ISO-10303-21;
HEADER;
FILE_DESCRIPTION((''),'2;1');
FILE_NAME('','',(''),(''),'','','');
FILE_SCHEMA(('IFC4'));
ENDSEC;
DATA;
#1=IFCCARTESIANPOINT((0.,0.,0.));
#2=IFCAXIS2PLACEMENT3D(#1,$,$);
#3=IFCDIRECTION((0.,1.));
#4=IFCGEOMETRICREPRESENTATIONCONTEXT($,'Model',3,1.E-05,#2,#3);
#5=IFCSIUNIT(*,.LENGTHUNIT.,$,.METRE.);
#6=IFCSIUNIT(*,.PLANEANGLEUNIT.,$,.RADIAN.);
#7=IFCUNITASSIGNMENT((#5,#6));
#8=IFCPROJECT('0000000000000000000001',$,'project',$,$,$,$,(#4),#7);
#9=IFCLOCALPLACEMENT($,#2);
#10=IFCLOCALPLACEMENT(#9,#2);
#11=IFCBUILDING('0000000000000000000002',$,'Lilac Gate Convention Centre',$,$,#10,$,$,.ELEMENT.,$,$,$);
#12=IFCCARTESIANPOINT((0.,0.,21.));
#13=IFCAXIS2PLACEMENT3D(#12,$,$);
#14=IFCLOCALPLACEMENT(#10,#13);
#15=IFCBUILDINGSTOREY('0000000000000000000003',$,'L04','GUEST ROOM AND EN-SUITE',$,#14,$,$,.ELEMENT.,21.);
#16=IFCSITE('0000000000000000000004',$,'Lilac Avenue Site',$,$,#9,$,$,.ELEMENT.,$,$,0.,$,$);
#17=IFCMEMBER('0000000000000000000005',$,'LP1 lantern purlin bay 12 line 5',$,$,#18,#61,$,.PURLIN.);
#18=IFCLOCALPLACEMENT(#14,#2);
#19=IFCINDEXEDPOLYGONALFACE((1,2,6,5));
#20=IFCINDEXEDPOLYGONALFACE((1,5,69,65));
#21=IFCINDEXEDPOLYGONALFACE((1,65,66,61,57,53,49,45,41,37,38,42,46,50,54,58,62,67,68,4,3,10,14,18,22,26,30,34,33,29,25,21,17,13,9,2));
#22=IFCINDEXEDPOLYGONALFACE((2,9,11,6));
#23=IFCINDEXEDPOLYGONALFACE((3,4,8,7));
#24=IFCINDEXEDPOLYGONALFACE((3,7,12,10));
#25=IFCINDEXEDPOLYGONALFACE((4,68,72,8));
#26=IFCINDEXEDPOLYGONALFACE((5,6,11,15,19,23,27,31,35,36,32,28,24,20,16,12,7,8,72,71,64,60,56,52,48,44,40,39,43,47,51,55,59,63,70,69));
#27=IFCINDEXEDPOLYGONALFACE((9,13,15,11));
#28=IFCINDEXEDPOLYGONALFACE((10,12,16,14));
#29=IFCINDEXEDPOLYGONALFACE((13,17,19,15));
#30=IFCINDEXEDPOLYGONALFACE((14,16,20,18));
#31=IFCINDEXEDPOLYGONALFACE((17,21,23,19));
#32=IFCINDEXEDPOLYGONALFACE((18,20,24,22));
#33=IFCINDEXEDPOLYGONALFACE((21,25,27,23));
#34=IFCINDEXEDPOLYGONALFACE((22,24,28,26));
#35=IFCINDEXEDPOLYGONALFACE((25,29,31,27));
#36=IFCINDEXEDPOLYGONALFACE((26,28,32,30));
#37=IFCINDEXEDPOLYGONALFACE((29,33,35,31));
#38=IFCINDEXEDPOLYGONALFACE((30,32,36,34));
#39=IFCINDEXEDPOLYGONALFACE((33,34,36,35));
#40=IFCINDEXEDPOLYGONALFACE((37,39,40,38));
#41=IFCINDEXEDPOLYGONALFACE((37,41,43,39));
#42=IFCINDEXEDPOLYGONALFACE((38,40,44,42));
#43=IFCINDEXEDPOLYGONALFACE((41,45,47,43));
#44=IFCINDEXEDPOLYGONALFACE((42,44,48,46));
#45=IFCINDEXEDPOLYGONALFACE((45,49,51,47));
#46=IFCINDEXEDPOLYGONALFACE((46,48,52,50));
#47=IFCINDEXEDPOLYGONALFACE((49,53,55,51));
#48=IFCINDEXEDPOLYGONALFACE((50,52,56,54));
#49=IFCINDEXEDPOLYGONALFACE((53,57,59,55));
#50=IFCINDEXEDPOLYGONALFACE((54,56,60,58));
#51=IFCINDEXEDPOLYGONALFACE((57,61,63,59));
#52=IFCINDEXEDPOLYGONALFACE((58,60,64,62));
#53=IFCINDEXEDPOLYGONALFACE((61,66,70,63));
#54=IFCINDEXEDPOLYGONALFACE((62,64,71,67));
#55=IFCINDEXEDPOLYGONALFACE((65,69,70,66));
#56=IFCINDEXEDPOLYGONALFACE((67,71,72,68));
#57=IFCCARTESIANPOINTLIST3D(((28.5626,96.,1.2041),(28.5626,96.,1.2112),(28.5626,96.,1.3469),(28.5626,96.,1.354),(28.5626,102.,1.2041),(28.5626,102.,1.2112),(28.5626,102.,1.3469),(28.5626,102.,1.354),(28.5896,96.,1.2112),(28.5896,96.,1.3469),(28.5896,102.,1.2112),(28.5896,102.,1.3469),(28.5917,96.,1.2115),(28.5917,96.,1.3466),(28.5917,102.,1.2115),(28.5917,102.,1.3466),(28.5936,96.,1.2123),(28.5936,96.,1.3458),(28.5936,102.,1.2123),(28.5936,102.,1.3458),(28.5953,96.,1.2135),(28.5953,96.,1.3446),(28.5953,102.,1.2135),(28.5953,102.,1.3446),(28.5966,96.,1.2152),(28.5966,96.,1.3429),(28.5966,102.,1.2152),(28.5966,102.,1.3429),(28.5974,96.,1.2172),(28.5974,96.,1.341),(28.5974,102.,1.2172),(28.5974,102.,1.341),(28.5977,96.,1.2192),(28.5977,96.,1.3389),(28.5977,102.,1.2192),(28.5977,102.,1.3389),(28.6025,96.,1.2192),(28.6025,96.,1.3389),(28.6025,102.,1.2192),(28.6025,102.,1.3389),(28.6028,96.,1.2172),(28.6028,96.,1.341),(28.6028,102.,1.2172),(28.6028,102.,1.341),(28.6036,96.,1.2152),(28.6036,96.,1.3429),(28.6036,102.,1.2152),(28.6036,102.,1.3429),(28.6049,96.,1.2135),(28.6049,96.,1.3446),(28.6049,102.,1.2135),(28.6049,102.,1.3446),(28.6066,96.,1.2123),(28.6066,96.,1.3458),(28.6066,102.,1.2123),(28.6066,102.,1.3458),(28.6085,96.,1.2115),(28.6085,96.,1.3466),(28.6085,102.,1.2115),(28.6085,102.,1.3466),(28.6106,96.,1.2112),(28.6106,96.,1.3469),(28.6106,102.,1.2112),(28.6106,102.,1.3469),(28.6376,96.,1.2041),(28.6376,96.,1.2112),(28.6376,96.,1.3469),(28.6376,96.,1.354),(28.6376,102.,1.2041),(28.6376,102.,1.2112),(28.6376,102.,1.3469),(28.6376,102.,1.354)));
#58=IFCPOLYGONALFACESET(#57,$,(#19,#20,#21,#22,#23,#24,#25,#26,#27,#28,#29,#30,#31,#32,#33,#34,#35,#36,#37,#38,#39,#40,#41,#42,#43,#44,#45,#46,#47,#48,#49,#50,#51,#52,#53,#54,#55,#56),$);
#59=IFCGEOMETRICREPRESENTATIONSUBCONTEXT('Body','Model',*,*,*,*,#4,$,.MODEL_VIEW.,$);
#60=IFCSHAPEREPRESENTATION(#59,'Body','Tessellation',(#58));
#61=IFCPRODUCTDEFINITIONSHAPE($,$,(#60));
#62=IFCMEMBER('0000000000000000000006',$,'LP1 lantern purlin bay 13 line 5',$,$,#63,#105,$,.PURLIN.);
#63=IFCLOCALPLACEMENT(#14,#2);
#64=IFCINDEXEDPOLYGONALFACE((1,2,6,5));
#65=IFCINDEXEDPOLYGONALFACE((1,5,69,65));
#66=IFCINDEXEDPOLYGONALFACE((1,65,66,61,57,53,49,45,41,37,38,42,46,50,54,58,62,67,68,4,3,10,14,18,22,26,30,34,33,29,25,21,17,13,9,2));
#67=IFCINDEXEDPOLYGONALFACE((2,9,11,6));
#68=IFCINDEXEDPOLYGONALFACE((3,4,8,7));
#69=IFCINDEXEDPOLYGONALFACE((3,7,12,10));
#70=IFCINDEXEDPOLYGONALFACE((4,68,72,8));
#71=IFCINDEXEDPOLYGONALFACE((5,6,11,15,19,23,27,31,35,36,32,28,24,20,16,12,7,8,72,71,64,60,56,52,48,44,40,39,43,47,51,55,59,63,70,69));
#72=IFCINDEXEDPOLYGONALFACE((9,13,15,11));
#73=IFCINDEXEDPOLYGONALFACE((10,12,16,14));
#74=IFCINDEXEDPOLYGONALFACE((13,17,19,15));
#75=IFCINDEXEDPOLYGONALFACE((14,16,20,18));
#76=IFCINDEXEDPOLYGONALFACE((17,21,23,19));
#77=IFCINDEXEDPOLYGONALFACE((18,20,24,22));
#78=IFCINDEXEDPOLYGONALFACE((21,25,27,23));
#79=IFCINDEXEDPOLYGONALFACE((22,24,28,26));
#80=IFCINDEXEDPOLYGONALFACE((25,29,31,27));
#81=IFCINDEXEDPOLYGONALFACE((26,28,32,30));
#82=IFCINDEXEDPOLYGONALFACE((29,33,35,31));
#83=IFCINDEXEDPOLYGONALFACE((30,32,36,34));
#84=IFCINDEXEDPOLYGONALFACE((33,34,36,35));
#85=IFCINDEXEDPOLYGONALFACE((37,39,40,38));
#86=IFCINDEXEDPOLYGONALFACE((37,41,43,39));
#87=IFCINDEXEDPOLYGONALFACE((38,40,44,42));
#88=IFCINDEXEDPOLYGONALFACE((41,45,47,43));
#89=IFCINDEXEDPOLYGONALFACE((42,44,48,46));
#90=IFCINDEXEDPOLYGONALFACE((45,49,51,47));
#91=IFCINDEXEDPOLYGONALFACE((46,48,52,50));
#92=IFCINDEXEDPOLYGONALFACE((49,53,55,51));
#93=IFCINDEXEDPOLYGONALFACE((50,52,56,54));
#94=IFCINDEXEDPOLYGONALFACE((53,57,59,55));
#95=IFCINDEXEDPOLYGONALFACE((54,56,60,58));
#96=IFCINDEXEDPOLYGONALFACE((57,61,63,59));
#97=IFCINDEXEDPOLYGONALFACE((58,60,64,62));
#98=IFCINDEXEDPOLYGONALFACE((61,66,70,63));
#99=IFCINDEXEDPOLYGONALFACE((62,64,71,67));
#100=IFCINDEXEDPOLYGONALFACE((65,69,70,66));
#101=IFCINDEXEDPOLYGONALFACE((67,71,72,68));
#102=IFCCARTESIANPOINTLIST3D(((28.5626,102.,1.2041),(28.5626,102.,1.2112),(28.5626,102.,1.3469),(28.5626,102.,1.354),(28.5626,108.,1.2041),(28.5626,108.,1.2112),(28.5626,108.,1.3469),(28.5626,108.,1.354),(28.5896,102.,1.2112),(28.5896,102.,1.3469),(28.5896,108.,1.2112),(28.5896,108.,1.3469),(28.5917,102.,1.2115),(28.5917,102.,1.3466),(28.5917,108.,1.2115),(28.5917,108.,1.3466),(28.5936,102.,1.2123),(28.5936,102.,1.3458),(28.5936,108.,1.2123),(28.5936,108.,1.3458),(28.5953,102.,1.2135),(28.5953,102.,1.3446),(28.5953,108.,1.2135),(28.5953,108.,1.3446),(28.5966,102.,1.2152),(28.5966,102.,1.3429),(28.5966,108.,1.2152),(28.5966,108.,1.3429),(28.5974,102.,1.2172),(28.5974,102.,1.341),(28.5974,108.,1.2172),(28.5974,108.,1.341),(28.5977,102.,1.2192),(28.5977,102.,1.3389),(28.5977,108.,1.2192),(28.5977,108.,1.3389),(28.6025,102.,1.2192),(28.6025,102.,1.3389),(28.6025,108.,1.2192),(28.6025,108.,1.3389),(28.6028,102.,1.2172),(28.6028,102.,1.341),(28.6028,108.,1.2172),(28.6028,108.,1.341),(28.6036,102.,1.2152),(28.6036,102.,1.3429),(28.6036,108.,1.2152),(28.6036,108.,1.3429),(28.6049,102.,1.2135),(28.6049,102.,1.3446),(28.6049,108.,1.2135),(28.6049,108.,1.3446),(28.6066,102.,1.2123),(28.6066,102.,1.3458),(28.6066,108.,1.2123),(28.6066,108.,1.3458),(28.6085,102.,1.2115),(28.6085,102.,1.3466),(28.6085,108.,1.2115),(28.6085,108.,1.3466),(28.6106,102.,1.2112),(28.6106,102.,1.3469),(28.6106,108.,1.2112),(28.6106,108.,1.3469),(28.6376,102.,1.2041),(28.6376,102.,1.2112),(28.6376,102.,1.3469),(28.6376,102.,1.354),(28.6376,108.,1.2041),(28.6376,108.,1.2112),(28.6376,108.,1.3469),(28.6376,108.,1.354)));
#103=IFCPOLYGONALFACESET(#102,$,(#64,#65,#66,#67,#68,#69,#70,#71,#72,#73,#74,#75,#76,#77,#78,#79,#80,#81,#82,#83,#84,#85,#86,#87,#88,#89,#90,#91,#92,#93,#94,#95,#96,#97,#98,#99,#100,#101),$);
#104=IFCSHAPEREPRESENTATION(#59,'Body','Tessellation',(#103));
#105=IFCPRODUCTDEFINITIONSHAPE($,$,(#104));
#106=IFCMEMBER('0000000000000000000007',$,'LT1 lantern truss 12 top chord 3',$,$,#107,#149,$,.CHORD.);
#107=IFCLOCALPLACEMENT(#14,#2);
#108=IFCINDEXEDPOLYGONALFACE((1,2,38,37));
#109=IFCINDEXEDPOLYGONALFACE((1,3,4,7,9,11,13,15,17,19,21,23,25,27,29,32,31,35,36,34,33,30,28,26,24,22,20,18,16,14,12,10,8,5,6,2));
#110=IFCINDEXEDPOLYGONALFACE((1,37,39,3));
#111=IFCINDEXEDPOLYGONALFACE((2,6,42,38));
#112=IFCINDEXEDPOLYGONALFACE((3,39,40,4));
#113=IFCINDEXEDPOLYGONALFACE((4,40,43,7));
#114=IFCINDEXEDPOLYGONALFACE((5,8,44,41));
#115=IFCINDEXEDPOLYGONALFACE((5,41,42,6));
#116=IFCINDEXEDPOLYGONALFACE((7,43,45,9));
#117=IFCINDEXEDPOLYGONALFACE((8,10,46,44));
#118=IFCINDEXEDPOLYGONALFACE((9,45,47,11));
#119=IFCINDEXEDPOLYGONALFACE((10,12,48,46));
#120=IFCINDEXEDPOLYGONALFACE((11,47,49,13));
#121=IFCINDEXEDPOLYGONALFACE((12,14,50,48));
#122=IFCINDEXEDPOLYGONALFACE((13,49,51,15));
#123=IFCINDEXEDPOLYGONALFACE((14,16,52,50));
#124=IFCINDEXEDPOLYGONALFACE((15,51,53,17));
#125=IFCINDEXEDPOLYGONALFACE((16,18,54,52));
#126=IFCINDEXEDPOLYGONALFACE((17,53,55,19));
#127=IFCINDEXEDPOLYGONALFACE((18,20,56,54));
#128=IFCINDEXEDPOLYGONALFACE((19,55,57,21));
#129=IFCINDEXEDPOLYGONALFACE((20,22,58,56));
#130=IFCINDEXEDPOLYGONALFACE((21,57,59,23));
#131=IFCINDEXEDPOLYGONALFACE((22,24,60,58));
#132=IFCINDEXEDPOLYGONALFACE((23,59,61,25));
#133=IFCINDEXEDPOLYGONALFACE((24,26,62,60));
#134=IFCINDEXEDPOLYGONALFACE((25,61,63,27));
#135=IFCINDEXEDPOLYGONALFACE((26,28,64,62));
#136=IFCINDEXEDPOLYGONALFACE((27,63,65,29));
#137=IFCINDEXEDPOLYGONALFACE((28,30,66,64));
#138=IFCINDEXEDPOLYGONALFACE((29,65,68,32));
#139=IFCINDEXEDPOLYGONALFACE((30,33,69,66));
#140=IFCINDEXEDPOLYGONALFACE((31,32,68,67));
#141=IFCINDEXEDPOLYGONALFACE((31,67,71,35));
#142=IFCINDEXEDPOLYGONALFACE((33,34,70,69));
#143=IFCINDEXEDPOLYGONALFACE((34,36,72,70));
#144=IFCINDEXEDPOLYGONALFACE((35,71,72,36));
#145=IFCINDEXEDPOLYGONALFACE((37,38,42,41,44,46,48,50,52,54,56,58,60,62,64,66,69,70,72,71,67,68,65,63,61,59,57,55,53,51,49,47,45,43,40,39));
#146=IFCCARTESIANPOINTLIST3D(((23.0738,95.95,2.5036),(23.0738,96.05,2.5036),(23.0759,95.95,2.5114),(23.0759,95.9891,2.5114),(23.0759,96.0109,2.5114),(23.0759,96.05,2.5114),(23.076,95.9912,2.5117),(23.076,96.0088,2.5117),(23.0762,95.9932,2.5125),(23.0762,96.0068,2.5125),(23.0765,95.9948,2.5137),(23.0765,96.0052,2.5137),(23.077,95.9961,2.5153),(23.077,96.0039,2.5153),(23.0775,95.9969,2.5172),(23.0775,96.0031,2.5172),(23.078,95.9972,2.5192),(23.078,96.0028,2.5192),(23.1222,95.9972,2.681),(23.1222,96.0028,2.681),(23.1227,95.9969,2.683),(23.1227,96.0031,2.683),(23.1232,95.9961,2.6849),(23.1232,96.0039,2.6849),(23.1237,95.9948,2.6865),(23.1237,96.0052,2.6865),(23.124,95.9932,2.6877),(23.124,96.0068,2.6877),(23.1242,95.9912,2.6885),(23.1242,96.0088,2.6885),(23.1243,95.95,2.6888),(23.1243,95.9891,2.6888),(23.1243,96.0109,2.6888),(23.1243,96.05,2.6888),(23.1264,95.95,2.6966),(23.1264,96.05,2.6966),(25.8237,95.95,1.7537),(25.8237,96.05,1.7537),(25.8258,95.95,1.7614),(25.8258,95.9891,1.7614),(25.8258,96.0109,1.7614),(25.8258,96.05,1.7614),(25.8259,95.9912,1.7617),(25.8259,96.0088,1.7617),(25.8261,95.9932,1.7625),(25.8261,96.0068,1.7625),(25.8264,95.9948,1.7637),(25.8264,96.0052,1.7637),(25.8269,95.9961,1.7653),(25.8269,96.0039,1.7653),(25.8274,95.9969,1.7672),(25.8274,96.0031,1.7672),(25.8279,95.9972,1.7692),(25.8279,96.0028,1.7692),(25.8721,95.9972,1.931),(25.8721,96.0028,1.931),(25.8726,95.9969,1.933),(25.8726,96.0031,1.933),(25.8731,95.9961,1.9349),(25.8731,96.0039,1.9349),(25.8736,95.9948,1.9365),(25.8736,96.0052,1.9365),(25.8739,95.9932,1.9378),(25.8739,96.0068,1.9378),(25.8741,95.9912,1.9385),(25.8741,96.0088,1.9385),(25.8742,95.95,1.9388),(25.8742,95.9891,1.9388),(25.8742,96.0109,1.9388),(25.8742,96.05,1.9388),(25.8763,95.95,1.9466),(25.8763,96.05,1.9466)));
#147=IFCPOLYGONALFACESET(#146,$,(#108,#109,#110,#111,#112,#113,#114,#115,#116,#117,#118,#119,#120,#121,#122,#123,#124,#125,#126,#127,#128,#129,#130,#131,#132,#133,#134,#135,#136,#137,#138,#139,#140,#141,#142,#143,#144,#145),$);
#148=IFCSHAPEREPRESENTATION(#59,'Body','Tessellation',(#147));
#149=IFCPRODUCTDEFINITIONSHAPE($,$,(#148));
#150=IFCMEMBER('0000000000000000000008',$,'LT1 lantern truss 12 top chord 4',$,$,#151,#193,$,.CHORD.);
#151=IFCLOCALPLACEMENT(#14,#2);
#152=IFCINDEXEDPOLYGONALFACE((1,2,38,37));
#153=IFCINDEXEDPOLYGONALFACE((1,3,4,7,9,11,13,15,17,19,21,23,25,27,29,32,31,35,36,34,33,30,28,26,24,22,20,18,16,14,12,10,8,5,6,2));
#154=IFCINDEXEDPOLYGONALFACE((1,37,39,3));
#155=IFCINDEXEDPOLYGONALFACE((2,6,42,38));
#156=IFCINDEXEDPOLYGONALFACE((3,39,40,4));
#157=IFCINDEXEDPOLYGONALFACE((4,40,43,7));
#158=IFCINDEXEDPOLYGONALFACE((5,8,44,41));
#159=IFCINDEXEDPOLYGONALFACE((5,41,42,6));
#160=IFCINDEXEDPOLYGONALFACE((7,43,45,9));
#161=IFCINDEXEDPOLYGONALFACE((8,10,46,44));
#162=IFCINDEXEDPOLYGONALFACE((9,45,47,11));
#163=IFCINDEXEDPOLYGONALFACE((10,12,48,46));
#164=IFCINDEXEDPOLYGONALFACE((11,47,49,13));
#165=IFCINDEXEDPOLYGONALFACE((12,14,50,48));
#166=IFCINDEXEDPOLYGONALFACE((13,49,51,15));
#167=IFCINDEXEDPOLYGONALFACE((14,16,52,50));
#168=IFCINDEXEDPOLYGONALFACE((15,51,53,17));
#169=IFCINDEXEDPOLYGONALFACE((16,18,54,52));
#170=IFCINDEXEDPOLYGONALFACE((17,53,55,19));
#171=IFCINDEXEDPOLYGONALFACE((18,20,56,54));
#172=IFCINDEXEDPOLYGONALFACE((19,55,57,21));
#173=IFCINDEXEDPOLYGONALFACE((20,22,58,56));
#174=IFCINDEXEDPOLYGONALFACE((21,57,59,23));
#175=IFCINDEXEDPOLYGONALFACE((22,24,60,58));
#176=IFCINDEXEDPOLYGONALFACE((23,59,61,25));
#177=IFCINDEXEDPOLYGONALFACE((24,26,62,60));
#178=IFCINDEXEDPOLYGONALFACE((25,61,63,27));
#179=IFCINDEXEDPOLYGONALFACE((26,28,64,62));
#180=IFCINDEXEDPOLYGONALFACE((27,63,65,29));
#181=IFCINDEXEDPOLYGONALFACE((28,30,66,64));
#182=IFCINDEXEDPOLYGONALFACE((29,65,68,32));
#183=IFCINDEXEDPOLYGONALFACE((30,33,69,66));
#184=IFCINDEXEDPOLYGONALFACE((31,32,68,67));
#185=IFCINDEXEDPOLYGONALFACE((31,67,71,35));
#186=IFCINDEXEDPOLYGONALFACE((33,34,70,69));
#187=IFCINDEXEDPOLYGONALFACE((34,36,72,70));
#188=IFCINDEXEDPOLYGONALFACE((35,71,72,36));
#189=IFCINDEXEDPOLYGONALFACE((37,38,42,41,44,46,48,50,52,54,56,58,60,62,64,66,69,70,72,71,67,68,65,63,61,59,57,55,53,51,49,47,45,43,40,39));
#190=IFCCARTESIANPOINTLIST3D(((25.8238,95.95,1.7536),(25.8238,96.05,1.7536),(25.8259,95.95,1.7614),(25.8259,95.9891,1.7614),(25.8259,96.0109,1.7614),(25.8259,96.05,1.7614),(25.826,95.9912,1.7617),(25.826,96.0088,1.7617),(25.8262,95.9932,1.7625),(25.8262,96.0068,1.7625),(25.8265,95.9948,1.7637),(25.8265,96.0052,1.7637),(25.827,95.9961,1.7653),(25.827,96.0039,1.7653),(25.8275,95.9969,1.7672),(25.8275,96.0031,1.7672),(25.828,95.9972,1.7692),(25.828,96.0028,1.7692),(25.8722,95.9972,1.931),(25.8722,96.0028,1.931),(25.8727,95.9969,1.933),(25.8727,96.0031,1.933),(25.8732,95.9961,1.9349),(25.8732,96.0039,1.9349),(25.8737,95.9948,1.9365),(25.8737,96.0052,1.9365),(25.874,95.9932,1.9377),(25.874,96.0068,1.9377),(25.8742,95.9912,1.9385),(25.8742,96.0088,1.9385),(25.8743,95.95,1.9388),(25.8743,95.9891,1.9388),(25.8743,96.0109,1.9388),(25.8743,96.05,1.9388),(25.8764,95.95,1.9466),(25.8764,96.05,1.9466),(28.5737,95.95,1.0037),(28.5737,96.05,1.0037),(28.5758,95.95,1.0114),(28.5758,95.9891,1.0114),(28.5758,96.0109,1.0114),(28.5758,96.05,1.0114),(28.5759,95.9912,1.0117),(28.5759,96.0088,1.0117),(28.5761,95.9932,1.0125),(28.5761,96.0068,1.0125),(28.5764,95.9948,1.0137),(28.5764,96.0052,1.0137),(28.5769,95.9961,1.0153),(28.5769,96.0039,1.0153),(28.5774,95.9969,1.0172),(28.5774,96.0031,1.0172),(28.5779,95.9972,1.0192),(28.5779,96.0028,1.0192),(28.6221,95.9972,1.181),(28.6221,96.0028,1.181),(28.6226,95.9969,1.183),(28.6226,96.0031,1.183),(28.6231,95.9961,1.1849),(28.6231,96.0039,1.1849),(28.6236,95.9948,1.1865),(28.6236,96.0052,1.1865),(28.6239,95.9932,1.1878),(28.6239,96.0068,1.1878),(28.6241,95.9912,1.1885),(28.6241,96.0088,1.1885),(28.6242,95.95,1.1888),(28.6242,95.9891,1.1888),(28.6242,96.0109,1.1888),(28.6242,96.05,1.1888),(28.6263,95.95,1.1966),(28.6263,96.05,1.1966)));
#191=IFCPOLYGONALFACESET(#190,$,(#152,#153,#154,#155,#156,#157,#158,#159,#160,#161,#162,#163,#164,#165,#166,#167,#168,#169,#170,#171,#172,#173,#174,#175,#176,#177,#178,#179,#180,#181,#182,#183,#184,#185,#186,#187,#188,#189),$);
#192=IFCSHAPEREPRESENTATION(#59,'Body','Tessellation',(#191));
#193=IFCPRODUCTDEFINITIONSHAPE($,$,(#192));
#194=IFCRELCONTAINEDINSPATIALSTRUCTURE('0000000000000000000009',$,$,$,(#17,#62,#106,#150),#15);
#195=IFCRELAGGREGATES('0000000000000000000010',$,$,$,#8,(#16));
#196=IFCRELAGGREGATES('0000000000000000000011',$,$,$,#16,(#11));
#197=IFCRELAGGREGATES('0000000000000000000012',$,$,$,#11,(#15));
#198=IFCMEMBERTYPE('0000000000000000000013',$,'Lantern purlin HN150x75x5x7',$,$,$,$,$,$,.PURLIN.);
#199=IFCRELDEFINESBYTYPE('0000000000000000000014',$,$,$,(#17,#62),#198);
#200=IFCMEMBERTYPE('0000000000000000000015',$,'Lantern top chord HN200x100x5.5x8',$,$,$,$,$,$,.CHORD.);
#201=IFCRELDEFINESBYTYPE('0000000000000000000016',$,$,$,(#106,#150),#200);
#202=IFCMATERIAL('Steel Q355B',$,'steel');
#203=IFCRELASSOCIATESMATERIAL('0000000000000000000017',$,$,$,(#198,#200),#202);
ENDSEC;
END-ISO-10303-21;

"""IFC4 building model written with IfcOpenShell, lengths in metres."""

from ifc_helpers import new_model, si_unit, direction, frame, origin, origin_2d, place, context, subcontext, project, spatial, i_section, extrude, material, material_profile, profile_set, type_object, element, save


model = new_model("IFC4")

# Units and contexts
model_context = context("Model", 3, precision=1e-05, world=origin(), true_north=direction((0.0, 1.0)))
body_context = subcontext(model_context, "Body", "Model", "MODEL_VIEW")
ifc_project = project(units=[si_unit("LENGTHUNIT", "METRE"), si_unit("PLANEANGLEUNIT", "RADIAN")], contexts=[model_context])

# Site, building, storey
site_placement = place(None, origin())
site = spatial("IfcSite", under=ifc_project, at=site_placement, Name="Lilac Avenue Site", CompositionType="ELEMENT", RefElevation=0.0)
building_placement = place(site_placement, origin())
building = spatial("IfcBuilding", under=site, at=building_placement, Name="Lilac Gate Convention Centre", CompositionType="ELEMENT")
storey_placement = place(building_placement, frame((0.0, 0.0, 21.0)))
storey = spatial("IfcBuildingStorey", under=building, at=storey_placement, Name="L04", Description="GUEST ROOM AND EN-SUITE", CompositionType="ELEMENT", Elevation=21.0)

# Members
ifc_material_1 = material(Name="Steel Q355B", Category="steel")
ifc_material_profile_1 = material_profile(ifc_material_1, i_section(OverallWidth=0.075, OverallDepth=0.1499, WebThickness=0.0049, FlangeThickness=0.0071, FilletRadius=0.0081, at=origin_2d()), Name="HN150x75x5x7")
ifc_profile_set_1 = profile_set([ifc_material_profile_1], Name="Steel Q355B")
member_type_1 = type_object("IfcMemberType", Name="Lantern purlin HN150x75x5x7", PredefinedType="PURLIN", material=ifc_profile_set_1)
for number, where, z_axis, x_axis, name in (
    (1, (28.6001, 96.0, 1.2791), (0.0, 1.0, 0.0), (-1.0, 0.0, 0.0), "LP1 lantern purlin bay 12 line 5"),
    (2, (28.6001, 102.0, 1.2791), (0.0, 1.0, 0.0), (-1.0, 0.0, 0.0), "LP1 lantern purlin bay 13 line 5"),
):
    element("IfcMember", number, at=place(storey_placement, frame(where, z_axis=z_axis, x_axis=x_axis)), inside=storey, type_object=member_type_1, Name=name, PredefinedType="PURLIN", context=body_context, shape_type="SweptSolid", body=[
        extrude(i_section(OverallWidth=0.075, OverallDepth=0.1499, WebThickness=0.0049, FlangeThickness=0.0071, FilletRadius=0.0081, at=origin_2d()), origin(), (0.0, 0.0, 1.0), 6.0),
    ])
ifc_material_profile_2 = material_profile(ifc_material_1, i_section(OverallWidth=0.1001, OverallDepth=0.2, WebThickness=0.0056, FlangeThickness=0.0081, FilletRadius=0.0081, at=origin_2d()), Name="HN200x100x5.5x8")
ifc_profile_set_2 = profile_set([ifc_material_profile_2], Name="Steel Q355B")
member_type_2 = type_object("IfcMemberType", Name="Lantern top chord HN200x100x5.5x8", PredefinedType="CHORD", material=ifc_profile_set_2)
for number, where, z_axis, x_axis, name in (
    (3, (23.1001, 96.0, 2.6001), (0.964764, 0.0, -0.263117), (0.0, 1.0, 0.0), "LT1 lantern truss 12 top chord 3"),
    (4, (25.8501, 96.0, 1.8501), (0.964764, 0.0, -0.263117), (0.0, 1.0, 0.0), "LT1 lantern truss 12 top chord 4"),
):
    element("IfcMember", number, at=place(storey_placement, frame(where, z_axis=z_axis, x_axis=x_axis)), inside=storey, type_object=member_type_2, Name=name, PredefinedType="CHORD", context=body_context, shape_type="SweptSolid", body=[
        extrude(i_section(OverallWidth=0.1001, OverallDepth=0.2, WebThickness=0.0056, FlangeThickness=0.0081, FilletRadius=0.0081, at=origin_2d()), origin(), (0.0, 0.0, 1.0), 2.8503),
    ])

save(model, "model.ifc")
